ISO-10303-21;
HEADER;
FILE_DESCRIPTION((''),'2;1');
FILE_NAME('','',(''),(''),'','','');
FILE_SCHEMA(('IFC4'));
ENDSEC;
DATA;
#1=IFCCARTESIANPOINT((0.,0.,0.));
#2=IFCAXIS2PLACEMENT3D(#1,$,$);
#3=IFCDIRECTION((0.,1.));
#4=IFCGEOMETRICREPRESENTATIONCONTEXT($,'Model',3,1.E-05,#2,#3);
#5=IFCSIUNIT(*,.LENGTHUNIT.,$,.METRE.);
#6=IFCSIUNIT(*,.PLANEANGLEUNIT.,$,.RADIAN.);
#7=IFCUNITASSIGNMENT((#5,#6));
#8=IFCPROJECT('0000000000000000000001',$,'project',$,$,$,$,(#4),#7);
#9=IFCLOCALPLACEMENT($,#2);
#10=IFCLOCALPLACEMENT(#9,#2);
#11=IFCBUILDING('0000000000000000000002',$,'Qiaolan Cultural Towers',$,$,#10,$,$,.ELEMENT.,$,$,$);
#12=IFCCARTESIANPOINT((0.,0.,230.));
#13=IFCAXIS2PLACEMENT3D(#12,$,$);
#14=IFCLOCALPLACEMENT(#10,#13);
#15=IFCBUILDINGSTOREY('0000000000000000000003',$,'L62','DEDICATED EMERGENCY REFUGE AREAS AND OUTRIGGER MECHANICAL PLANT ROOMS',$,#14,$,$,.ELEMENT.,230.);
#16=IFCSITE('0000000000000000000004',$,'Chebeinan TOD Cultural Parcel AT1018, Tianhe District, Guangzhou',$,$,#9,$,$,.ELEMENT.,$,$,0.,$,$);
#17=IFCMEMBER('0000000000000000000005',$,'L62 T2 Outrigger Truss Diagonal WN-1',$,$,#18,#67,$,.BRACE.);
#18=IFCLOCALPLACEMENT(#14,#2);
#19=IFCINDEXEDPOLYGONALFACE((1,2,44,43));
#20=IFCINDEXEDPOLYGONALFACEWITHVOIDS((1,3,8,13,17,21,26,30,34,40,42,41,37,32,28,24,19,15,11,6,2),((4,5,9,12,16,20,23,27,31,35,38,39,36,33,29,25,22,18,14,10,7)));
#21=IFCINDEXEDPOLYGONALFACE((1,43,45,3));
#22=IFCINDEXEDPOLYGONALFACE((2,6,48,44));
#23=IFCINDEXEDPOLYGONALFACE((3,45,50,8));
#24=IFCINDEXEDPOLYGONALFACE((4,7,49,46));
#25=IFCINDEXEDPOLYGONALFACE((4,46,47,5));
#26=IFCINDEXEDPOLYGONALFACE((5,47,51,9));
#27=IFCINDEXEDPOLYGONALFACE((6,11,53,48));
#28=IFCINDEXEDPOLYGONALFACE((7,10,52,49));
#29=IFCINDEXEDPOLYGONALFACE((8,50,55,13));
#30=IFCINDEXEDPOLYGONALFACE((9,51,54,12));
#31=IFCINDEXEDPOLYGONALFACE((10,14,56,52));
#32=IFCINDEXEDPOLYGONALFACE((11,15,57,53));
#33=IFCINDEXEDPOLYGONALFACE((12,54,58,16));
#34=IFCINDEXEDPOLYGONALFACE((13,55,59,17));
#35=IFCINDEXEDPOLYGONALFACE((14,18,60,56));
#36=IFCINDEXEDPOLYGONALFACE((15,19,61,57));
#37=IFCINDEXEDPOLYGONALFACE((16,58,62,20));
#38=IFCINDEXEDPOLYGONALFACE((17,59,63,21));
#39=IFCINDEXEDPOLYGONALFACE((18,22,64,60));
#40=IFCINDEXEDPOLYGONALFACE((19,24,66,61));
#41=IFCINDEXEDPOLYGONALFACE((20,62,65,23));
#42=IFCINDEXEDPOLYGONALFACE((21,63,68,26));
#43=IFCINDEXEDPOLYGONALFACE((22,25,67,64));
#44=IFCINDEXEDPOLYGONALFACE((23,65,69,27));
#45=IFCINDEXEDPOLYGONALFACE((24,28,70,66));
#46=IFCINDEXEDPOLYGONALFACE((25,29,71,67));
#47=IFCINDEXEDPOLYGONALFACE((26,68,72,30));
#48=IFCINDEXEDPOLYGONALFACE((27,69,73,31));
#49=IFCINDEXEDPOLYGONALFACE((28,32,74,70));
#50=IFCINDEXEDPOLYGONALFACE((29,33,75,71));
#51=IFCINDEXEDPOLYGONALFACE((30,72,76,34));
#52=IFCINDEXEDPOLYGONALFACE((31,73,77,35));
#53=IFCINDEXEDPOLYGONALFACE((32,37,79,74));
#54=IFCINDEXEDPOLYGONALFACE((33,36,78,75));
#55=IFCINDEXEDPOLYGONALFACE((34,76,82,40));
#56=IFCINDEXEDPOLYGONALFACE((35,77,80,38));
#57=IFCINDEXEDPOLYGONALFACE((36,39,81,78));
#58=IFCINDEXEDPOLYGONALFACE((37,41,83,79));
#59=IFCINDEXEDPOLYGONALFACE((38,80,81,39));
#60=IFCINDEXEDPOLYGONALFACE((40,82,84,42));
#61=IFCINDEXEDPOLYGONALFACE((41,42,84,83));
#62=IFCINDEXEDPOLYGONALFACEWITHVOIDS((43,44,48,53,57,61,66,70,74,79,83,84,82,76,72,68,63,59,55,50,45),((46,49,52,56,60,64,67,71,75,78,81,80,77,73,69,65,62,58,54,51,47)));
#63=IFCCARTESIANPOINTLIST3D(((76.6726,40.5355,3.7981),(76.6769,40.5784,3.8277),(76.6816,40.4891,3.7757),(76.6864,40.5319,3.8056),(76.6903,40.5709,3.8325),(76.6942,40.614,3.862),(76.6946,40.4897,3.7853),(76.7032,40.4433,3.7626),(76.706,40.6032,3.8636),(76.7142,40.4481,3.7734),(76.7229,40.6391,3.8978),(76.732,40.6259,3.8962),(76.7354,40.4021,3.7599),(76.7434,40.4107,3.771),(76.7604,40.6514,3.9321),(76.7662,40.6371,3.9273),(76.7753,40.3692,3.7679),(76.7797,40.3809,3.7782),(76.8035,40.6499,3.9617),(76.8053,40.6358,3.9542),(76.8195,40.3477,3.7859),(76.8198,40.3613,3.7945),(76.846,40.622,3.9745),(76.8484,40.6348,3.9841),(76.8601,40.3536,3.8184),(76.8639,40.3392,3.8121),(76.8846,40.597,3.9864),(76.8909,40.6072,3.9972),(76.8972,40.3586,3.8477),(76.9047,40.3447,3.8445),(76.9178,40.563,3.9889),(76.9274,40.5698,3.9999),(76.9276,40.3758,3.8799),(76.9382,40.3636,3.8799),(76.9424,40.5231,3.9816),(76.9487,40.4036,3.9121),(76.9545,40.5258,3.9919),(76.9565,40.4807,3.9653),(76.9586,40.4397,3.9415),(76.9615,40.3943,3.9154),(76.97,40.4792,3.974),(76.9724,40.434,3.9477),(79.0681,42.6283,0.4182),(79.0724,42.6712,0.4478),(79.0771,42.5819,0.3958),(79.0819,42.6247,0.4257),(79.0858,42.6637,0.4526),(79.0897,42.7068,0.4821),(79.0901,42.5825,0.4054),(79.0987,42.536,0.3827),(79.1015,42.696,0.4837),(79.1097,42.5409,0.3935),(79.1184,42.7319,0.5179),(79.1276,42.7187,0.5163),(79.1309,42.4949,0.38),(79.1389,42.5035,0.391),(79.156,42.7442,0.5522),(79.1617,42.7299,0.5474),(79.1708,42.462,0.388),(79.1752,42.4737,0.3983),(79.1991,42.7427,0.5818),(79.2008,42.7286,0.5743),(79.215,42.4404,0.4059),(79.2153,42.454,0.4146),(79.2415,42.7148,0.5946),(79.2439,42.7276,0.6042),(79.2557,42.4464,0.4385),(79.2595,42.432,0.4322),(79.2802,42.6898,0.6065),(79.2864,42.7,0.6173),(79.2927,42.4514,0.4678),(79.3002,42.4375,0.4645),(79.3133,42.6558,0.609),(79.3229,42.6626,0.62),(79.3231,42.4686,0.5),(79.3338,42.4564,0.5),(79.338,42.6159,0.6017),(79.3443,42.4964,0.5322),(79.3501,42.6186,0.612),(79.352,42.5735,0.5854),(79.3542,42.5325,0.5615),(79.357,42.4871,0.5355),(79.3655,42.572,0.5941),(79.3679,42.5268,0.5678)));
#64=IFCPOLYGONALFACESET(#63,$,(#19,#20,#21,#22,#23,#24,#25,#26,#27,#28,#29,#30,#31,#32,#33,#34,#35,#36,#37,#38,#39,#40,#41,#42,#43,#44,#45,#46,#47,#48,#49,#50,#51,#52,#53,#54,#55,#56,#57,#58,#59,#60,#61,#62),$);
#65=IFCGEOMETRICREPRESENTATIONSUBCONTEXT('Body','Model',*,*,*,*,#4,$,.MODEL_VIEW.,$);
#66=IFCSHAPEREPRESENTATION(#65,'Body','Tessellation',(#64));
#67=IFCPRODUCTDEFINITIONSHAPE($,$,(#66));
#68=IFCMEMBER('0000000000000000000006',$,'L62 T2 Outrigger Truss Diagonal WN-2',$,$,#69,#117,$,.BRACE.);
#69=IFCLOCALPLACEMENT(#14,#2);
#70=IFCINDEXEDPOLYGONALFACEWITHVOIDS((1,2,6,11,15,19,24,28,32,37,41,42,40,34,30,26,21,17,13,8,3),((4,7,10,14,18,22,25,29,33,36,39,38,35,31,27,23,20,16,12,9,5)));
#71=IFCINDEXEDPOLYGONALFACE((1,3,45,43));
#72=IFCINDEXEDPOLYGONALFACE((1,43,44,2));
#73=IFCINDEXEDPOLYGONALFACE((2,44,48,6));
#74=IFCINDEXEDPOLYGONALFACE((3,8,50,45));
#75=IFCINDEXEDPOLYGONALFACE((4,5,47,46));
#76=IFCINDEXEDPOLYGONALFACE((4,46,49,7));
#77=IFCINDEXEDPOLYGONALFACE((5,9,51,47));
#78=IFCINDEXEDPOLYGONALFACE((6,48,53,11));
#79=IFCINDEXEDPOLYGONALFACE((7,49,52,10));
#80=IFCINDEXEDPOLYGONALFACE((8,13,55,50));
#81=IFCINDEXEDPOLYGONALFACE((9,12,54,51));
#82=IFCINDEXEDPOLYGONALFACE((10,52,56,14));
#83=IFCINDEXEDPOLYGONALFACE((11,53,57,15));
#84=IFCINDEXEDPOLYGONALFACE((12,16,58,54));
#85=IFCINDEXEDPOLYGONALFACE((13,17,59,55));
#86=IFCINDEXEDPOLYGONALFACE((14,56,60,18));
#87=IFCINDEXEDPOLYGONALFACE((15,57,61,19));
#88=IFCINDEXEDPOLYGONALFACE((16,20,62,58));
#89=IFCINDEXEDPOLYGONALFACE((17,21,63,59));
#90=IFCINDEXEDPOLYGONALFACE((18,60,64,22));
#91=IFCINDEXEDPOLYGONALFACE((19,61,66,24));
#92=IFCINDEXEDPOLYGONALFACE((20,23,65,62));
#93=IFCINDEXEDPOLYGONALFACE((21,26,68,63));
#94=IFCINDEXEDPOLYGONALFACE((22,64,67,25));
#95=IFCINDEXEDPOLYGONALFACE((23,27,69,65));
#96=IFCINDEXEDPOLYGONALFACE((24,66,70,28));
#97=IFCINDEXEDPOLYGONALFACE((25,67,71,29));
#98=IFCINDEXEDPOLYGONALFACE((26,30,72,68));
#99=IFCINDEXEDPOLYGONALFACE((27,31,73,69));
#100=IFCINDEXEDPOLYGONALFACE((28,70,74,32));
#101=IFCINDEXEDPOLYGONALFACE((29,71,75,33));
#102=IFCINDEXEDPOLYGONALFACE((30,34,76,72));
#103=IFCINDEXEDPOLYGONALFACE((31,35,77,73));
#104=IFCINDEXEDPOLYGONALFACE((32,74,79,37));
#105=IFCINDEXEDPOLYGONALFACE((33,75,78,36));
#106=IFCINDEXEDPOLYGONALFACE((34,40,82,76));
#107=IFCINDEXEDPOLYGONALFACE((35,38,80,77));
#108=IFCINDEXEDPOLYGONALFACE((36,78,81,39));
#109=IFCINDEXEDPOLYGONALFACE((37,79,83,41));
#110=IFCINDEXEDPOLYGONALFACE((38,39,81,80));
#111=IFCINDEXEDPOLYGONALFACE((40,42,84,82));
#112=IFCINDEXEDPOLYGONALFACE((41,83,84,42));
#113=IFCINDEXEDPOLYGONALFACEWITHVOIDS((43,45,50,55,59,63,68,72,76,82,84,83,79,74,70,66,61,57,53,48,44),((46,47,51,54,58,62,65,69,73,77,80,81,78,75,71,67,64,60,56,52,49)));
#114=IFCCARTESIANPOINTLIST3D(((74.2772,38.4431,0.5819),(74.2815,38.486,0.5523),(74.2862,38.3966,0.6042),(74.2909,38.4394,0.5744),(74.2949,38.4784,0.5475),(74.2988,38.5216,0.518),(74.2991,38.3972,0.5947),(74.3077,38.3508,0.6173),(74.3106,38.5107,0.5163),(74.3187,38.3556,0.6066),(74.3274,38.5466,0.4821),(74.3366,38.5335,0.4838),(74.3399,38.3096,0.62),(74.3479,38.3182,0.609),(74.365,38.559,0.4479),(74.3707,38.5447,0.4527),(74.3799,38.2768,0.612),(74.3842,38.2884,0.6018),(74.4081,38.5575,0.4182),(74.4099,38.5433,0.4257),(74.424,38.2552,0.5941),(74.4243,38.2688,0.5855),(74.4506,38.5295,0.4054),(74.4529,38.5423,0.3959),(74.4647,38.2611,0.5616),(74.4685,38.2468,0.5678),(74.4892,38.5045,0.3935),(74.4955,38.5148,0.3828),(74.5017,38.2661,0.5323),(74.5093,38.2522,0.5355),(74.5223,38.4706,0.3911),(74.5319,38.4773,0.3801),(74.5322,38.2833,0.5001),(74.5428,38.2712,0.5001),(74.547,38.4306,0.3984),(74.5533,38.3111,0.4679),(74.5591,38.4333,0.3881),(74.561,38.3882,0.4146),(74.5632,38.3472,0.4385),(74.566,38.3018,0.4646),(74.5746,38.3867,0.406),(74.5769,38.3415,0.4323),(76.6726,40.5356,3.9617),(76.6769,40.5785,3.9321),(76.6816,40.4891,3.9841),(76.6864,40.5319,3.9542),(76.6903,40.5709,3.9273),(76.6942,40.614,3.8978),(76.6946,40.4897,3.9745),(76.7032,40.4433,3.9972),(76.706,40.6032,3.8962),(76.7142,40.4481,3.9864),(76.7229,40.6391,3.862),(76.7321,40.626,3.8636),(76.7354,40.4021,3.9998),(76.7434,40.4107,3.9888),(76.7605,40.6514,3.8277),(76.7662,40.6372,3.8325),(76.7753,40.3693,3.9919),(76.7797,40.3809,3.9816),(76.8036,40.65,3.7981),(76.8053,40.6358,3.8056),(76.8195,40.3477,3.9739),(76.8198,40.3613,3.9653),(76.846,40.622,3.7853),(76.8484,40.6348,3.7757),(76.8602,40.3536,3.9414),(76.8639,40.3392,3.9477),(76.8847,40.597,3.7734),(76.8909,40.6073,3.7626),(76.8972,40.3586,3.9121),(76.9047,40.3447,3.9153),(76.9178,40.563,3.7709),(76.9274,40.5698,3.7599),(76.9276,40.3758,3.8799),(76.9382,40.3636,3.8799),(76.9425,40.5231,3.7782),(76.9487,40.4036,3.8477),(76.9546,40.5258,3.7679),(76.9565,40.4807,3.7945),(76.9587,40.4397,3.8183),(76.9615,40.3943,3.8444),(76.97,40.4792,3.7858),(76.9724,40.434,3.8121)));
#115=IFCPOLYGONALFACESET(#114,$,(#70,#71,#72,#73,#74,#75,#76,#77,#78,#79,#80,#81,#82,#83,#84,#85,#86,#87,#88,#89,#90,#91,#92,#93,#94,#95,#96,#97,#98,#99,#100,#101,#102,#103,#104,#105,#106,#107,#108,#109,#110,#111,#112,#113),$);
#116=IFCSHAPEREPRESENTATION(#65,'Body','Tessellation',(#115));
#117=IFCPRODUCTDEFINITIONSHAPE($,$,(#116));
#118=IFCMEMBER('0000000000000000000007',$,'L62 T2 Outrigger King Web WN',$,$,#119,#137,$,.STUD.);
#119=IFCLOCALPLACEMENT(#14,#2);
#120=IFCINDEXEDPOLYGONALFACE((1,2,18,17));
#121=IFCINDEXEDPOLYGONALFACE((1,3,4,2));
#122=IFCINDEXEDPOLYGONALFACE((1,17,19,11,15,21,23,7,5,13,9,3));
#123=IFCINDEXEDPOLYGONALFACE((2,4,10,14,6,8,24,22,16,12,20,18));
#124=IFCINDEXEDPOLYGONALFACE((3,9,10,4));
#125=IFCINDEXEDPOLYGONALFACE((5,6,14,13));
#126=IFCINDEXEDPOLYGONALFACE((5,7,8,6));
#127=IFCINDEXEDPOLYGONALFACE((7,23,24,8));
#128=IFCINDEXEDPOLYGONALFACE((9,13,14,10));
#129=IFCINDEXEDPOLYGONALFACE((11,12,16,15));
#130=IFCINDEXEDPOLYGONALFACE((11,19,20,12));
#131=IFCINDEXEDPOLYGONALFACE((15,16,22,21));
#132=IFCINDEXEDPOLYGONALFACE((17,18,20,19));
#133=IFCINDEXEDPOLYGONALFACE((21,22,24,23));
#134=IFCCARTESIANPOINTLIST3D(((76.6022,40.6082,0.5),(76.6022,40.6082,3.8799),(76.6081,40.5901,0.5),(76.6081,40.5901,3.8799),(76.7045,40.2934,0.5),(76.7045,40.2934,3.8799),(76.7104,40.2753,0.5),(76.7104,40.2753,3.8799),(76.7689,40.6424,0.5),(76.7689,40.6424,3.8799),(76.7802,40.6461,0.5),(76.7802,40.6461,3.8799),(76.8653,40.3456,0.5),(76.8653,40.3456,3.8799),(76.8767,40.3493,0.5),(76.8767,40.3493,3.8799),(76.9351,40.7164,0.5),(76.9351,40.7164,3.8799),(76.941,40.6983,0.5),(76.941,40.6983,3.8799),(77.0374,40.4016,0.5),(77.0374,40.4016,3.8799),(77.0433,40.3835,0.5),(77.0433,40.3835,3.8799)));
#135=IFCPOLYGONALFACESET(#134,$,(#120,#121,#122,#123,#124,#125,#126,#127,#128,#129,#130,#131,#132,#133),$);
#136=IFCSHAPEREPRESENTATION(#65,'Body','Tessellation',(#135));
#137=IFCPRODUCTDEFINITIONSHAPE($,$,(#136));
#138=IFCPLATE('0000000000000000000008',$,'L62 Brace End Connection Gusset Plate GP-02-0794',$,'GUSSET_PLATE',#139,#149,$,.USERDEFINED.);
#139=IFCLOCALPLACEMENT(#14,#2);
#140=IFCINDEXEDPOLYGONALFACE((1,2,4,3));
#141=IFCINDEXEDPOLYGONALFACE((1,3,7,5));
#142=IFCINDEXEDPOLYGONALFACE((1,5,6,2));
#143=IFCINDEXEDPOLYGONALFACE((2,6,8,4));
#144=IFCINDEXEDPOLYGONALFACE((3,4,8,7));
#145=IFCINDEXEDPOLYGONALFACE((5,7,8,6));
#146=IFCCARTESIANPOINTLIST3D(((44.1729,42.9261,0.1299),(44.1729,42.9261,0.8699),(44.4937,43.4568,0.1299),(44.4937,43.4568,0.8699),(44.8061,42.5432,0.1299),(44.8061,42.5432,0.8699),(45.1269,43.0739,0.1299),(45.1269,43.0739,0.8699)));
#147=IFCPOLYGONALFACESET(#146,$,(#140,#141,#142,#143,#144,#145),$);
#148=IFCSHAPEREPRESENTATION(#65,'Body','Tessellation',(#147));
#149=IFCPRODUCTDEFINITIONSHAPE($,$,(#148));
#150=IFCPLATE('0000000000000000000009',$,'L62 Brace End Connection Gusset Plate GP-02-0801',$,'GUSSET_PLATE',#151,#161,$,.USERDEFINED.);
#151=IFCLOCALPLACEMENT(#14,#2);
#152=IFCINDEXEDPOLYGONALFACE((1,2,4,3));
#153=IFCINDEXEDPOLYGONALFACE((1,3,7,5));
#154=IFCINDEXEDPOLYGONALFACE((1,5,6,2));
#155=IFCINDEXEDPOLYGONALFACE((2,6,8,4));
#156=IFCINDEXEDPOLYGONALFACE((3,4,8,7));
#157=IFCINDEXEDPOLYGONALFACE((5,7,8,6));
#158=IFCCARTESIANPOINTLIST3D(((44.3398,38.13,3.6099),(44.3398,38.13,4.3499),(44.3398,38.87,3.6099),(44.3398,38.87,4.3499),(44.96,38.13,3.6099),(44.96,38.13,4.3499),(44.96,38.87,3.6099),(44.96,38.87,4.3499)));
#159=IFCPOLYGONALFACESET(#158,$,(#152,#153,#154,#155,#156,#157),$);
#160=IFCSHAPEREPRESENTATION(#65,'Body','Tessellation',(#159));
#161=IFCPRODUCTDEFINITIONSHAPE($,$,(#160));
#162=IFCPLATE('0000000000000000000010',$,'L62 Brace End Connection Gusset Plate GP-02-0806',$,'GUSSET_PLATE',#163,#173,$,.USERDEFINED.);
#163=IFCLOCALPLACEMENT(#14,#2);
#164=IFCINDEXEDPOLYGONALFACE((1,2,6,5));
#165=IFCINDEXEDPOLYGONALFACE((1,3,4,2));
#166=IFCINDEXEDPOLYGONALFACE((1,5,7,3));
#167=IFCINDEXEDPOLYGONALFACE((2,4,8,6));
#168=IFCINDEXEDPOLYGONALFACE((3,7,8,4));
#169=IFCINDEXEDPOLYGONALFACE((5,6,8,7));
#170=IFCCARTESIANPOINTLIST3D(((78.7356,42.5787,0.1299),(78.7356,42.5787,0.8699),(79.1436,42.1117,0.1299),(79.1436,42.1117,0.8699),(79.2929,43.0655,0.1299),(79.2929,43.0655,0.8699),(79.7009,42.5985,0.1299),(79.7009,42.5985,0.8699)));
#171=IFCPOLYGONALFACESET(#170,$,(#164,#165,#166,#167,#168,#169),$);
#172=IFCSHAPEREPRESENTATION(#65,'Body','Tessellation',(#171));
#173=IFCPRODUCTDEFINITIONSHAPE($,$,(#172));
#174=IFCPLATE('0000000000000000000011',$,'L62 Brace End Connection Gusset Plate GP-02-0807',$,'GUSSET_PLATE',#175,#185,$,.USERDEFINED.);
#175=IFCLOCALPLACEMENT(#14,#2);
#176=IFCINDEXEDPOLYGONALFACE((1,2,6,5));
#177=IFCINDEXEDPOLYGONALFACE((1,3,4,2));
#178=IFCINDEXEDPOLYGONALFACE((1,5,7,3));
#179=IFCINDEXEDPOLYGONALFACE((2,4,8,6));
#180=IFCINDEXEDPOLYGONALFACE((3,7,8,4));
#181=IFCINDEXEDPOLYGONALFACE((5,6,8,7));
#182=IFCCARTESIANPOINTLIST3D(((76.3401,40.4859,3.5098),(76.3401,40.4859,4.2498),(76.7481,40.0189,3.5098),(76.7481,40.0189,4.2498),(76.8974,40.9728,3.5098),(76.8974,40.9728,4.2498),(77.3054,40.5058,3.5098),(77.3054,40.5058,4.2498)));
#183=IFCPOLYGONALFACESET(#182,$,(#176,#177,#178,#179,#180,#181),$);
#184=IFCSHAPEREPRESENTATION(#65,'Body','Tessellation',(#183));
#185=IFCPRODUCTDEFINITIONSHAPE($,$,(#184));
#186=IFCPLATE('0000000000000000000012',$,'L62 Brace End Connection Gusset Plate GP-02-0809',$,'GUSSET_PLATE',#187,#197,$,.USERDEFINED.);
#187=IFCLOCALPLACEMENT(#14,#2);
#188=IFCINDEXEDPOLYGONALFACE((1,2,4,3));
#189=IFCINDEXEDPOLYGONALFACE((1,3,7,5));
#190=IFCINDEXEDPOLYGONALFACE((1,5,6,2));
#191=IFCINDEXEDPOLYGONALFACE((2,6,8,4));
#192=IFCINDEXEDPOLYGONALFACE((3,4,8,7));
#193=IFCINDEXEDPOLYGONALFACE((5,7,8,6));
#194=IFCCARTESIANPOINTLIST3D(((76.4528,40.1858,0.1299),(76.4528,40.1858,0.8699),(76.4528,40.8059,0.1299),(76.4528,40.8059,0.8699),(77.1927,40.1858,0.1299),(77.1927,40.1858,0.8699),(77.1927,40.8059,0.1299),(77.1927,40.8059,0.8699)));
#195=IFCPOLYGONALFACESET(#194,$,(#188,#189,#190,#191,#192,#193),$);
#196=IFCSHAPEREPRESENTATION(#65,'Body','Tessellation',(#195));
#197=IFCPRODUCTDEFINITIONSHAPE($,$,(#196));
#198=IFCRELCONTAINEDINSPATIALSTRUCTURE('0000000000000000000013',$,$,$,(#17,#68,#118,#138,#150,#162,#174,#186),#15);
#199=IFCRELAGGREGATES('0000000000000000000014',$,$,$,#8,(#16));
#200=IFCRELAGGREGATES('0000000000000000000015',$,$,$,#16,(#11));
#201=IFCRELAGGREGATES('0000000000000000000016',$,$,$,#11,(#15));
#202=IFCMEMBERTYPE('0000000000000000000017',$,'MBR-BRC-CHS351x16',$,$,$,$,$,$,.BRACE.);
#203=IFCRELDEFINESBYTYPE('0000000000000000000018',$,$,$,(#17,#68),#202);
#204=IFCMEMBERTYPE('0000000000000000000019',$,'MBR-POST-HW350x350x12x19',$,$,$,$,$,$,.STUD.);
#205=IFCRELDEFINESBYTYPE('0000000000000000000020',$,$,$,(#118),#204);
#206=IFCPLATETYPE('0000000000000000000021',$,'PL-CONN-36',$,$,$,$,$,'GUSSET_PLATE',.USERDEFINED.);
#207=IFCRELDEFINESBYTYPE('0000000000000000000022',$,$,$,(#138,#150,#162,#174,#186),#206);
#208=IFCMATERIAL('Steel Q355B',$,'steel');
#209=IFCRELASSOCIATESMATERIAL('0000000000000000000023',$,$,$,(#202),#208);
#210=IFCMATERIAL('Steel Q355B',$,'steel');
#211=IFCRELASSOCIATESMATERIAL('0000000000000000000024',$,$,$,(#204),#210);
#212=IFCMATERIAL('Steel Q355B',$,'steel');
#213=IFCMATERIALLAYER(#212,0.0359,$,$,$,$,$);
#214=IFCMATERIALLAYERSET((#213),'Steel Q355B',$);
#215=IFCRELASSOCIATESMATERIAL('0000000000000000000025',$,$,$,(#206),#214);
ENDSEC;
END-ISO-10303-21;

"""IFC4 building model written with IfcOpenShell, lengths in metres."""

from ifc_helpers import new_model, si_unit, direction, frame, origin, origin_2d, place, context, subcontext, project, spatial, rectangle, hollow_circle, i_section, extrude, material, layer, layer_set, material_profile, profile_set, type_object, element, save


model = new_model("IFC4")

# Units and contexts
model_context = context("Model", 3, precision=1e-05, world=origin(), true_north=direction((0.0, 1.0)))
body_context = subcontext(model_context, "Body", "Model", "MODEL_VIEW")
ifc_project = project(units=[si_unit("LENGTHUNIT", "METRE"), si_unit("PLANEANGLEUNIT", "RADIAN")], contexts=[model_context])

# Site, building, storey
site_placement = place(None, origin())
site = spatial("IfcSite", under=ifc_project, at=site_placement, Name="Chebeinan TOD Cultural Parcel AT1018, Tianhe District, Guangzhou", CompositionType="ELEMENT", RefElevation=0.0)
building_placement = place(site_placement, origin())
building = spatial("IfcBuilding", under=site, at=building_placement, Name="Qiaolan Cultural Towers", CompositionType="ELEMENT")
storey_placement = place(building_placement, frame((0.0, 0.0, 230.0)))
storey = spatial("IfcBuildingStorey", under=building, at=storey_placement, Name="L62", Description="DEDICATED EMERGENCY REFUGE AREAS AND OUTRIGGER MECHANICAL PLANT ROOMS", CompositionType="ELEMENT", Elevation=230.0)

# Members
ifc_material_1 = material(Name="Steel Q355B", Category="steel")
ifc_material_profile_1 = material_profile(ifc_material_1, hollow_circle(Radius=0.1755, WallThickness=0.0161, at=origin_2d()), Name="CHS351x16")
ifc_profile_set_1 = profile_set([ifc_material_profile_1], Name="Steel Q355B")
member_type_1 = type_object("IfcMemberType", Name="MBR-BRC-CHS351x16", PredefinedType="BRACE", material=ifc_profile_set_1)
member_1_placement = place(storey_placement, frame((79.2183, 42.5886, 0.5), z_axis=(-0.516127, -0.450901, 0.728217), x_axis=(0.657918, -0.75309, 0.0)))
element("IfcMember", 1, at=member_1_placement, inside=storey, type_object=member_type_1, Name="L62 T2 Outrigger Truss Diagonal WN-1", PredefinedType="BRACE", context=body_context, shape_type="SweptSolid", body=[
    extrude(hollow_circle(Radius=0.1755, WallThickness=0.0161, at=origin_2d()), origin(), (0.0, 0.0, 1.0), 4.6414),
])
member_2_placement = place(storey_placement, frame((76.8228, 40.4958, 3.8799), z_axis=(-0.51614, -0.450859, -0.728235), x_axis=(0.657874, -0.753128, 0.0)))
element("IfcMember", 2, at=member_2_placement, inside=storey, type_object=member_type_1, Name="L62 T2 Outrigger Truss Diagonal WN-2", PredefinedType="BRACE", context=body_context, shape_type="SweptSolid", body=[
    extrude(hollow_circle(Radius=0.1755, WallThickness=0.0161, at=origin_2d()), origin(), (0.0, 0.0, 1.0), 4.6411),
])
ifc_material_2 = material(Name="Steel Q355B", Category="steel")
ifc_material_profile_2 = material_profile(ifc_material_2, i_section(OverallWidth=0.3501, OverallDepth=0.3501, WebThickness=0.012, FlangeThickness=0.019, at=origin_2d()), Name="HW350x350x12x19")
ifc_profile_set_2 = profile_set([ifc_material_profile_2], Name="Steel Q355B")
member_type_2 = type_object("IfcMemberType", Name="MBR-POST-HW350x350x12x19", PredefinedType="STUD", material=ifc_profile_set_2)
member_3_placement = place(storey_placement, frame((76.8228, 40.4958, 0.5), z_axis=(0.0, 0.0, 1.0), x_axis=(0.951057, 0.309017, 0.0)))
element("IfcMember", 3, at=member_3_placement, inside=storey, type_object=member_type_2, Name="L62 T2 Outrigger King Web WN", PredefinedType="STUD", context=body_context, shape_type="SweptSolid", body=[
    extrude(i_section(OverallWidth=0.3501, OverallDepth=0.3501, WebThickness=0.012, FlangeThickness=0.019, at=origin_2d()), origin(), (0.0, 0.0, 1.0), 3.3799),
])

# Plates
ifc_material_3 = material(Name="Steel Q355B", Category="steel")
ifc_layer_1 = layer(ifc_material_3, 0.0359)
ifc_layer_set_1 = layer_set([ifc_layer_1], Name="Steel Q355B")
plate_type = type_object("IfcPlateType", Name="PL-CONN-36", ElementType="GUSSET_PLATE", PredefinedType="USERDEFINED", material=ifc_layer_set_1)
for number, where, z_axis, x_axis, name in (
    (4, (44.6499, 43.0, 0.1299), (0.0, 0.0, 1.0), (-0.855732, 0.517419, 0.0), "L62 Brace End Connection Gusset Plate GP-02-0794"),
    (5, (44.6499, 38.5, 3.6099), (0.0, 0.0, 1.0), (0.0, 1.0, 0.0), "L62 Brace End Connection Gusset Plate GP-02-0801"),
    (6, (79.2183, 42.5886, 0.1299), (0.0, 0.0, 1.0), (0.75311, 0.657894, 0.0), "L62 Brace End Connection Gusset Plate GP-02-0806"),
    (7, (76.8228, 40.4958, 3.5098), (0.0, 0.0, 1.0), (0.75311, 0.657894, 0.0), "L62 Brace End Connection Gusset Plate GP-02-0807"),
    (8, (76.8228, 40.4958, 0.1299), (0.0, 0.0, 1.0), (1.0, 0.0, 0.0), "L62 Brace End Connection Gusset Plate GP-02-0809"),
):
    element("IfcPlate", number, at=place(storey_placement, frame(where, z_axis=z_axis, x_axis=x_axis)), inside=storey, type_object=plate_type, Name=name, ObjectType="GUSSET_PLATE", PredefinedType="USERDEFINED", context=body_context, shape_type="SweptSolid", body=[
        extrude(rectangle(XDim=0.74, YDim=0.6201, at=origin_2d()), origin(), (0.0, 0.0, 1.0), 0.74),
    ])

save(model, "model.ifc")
